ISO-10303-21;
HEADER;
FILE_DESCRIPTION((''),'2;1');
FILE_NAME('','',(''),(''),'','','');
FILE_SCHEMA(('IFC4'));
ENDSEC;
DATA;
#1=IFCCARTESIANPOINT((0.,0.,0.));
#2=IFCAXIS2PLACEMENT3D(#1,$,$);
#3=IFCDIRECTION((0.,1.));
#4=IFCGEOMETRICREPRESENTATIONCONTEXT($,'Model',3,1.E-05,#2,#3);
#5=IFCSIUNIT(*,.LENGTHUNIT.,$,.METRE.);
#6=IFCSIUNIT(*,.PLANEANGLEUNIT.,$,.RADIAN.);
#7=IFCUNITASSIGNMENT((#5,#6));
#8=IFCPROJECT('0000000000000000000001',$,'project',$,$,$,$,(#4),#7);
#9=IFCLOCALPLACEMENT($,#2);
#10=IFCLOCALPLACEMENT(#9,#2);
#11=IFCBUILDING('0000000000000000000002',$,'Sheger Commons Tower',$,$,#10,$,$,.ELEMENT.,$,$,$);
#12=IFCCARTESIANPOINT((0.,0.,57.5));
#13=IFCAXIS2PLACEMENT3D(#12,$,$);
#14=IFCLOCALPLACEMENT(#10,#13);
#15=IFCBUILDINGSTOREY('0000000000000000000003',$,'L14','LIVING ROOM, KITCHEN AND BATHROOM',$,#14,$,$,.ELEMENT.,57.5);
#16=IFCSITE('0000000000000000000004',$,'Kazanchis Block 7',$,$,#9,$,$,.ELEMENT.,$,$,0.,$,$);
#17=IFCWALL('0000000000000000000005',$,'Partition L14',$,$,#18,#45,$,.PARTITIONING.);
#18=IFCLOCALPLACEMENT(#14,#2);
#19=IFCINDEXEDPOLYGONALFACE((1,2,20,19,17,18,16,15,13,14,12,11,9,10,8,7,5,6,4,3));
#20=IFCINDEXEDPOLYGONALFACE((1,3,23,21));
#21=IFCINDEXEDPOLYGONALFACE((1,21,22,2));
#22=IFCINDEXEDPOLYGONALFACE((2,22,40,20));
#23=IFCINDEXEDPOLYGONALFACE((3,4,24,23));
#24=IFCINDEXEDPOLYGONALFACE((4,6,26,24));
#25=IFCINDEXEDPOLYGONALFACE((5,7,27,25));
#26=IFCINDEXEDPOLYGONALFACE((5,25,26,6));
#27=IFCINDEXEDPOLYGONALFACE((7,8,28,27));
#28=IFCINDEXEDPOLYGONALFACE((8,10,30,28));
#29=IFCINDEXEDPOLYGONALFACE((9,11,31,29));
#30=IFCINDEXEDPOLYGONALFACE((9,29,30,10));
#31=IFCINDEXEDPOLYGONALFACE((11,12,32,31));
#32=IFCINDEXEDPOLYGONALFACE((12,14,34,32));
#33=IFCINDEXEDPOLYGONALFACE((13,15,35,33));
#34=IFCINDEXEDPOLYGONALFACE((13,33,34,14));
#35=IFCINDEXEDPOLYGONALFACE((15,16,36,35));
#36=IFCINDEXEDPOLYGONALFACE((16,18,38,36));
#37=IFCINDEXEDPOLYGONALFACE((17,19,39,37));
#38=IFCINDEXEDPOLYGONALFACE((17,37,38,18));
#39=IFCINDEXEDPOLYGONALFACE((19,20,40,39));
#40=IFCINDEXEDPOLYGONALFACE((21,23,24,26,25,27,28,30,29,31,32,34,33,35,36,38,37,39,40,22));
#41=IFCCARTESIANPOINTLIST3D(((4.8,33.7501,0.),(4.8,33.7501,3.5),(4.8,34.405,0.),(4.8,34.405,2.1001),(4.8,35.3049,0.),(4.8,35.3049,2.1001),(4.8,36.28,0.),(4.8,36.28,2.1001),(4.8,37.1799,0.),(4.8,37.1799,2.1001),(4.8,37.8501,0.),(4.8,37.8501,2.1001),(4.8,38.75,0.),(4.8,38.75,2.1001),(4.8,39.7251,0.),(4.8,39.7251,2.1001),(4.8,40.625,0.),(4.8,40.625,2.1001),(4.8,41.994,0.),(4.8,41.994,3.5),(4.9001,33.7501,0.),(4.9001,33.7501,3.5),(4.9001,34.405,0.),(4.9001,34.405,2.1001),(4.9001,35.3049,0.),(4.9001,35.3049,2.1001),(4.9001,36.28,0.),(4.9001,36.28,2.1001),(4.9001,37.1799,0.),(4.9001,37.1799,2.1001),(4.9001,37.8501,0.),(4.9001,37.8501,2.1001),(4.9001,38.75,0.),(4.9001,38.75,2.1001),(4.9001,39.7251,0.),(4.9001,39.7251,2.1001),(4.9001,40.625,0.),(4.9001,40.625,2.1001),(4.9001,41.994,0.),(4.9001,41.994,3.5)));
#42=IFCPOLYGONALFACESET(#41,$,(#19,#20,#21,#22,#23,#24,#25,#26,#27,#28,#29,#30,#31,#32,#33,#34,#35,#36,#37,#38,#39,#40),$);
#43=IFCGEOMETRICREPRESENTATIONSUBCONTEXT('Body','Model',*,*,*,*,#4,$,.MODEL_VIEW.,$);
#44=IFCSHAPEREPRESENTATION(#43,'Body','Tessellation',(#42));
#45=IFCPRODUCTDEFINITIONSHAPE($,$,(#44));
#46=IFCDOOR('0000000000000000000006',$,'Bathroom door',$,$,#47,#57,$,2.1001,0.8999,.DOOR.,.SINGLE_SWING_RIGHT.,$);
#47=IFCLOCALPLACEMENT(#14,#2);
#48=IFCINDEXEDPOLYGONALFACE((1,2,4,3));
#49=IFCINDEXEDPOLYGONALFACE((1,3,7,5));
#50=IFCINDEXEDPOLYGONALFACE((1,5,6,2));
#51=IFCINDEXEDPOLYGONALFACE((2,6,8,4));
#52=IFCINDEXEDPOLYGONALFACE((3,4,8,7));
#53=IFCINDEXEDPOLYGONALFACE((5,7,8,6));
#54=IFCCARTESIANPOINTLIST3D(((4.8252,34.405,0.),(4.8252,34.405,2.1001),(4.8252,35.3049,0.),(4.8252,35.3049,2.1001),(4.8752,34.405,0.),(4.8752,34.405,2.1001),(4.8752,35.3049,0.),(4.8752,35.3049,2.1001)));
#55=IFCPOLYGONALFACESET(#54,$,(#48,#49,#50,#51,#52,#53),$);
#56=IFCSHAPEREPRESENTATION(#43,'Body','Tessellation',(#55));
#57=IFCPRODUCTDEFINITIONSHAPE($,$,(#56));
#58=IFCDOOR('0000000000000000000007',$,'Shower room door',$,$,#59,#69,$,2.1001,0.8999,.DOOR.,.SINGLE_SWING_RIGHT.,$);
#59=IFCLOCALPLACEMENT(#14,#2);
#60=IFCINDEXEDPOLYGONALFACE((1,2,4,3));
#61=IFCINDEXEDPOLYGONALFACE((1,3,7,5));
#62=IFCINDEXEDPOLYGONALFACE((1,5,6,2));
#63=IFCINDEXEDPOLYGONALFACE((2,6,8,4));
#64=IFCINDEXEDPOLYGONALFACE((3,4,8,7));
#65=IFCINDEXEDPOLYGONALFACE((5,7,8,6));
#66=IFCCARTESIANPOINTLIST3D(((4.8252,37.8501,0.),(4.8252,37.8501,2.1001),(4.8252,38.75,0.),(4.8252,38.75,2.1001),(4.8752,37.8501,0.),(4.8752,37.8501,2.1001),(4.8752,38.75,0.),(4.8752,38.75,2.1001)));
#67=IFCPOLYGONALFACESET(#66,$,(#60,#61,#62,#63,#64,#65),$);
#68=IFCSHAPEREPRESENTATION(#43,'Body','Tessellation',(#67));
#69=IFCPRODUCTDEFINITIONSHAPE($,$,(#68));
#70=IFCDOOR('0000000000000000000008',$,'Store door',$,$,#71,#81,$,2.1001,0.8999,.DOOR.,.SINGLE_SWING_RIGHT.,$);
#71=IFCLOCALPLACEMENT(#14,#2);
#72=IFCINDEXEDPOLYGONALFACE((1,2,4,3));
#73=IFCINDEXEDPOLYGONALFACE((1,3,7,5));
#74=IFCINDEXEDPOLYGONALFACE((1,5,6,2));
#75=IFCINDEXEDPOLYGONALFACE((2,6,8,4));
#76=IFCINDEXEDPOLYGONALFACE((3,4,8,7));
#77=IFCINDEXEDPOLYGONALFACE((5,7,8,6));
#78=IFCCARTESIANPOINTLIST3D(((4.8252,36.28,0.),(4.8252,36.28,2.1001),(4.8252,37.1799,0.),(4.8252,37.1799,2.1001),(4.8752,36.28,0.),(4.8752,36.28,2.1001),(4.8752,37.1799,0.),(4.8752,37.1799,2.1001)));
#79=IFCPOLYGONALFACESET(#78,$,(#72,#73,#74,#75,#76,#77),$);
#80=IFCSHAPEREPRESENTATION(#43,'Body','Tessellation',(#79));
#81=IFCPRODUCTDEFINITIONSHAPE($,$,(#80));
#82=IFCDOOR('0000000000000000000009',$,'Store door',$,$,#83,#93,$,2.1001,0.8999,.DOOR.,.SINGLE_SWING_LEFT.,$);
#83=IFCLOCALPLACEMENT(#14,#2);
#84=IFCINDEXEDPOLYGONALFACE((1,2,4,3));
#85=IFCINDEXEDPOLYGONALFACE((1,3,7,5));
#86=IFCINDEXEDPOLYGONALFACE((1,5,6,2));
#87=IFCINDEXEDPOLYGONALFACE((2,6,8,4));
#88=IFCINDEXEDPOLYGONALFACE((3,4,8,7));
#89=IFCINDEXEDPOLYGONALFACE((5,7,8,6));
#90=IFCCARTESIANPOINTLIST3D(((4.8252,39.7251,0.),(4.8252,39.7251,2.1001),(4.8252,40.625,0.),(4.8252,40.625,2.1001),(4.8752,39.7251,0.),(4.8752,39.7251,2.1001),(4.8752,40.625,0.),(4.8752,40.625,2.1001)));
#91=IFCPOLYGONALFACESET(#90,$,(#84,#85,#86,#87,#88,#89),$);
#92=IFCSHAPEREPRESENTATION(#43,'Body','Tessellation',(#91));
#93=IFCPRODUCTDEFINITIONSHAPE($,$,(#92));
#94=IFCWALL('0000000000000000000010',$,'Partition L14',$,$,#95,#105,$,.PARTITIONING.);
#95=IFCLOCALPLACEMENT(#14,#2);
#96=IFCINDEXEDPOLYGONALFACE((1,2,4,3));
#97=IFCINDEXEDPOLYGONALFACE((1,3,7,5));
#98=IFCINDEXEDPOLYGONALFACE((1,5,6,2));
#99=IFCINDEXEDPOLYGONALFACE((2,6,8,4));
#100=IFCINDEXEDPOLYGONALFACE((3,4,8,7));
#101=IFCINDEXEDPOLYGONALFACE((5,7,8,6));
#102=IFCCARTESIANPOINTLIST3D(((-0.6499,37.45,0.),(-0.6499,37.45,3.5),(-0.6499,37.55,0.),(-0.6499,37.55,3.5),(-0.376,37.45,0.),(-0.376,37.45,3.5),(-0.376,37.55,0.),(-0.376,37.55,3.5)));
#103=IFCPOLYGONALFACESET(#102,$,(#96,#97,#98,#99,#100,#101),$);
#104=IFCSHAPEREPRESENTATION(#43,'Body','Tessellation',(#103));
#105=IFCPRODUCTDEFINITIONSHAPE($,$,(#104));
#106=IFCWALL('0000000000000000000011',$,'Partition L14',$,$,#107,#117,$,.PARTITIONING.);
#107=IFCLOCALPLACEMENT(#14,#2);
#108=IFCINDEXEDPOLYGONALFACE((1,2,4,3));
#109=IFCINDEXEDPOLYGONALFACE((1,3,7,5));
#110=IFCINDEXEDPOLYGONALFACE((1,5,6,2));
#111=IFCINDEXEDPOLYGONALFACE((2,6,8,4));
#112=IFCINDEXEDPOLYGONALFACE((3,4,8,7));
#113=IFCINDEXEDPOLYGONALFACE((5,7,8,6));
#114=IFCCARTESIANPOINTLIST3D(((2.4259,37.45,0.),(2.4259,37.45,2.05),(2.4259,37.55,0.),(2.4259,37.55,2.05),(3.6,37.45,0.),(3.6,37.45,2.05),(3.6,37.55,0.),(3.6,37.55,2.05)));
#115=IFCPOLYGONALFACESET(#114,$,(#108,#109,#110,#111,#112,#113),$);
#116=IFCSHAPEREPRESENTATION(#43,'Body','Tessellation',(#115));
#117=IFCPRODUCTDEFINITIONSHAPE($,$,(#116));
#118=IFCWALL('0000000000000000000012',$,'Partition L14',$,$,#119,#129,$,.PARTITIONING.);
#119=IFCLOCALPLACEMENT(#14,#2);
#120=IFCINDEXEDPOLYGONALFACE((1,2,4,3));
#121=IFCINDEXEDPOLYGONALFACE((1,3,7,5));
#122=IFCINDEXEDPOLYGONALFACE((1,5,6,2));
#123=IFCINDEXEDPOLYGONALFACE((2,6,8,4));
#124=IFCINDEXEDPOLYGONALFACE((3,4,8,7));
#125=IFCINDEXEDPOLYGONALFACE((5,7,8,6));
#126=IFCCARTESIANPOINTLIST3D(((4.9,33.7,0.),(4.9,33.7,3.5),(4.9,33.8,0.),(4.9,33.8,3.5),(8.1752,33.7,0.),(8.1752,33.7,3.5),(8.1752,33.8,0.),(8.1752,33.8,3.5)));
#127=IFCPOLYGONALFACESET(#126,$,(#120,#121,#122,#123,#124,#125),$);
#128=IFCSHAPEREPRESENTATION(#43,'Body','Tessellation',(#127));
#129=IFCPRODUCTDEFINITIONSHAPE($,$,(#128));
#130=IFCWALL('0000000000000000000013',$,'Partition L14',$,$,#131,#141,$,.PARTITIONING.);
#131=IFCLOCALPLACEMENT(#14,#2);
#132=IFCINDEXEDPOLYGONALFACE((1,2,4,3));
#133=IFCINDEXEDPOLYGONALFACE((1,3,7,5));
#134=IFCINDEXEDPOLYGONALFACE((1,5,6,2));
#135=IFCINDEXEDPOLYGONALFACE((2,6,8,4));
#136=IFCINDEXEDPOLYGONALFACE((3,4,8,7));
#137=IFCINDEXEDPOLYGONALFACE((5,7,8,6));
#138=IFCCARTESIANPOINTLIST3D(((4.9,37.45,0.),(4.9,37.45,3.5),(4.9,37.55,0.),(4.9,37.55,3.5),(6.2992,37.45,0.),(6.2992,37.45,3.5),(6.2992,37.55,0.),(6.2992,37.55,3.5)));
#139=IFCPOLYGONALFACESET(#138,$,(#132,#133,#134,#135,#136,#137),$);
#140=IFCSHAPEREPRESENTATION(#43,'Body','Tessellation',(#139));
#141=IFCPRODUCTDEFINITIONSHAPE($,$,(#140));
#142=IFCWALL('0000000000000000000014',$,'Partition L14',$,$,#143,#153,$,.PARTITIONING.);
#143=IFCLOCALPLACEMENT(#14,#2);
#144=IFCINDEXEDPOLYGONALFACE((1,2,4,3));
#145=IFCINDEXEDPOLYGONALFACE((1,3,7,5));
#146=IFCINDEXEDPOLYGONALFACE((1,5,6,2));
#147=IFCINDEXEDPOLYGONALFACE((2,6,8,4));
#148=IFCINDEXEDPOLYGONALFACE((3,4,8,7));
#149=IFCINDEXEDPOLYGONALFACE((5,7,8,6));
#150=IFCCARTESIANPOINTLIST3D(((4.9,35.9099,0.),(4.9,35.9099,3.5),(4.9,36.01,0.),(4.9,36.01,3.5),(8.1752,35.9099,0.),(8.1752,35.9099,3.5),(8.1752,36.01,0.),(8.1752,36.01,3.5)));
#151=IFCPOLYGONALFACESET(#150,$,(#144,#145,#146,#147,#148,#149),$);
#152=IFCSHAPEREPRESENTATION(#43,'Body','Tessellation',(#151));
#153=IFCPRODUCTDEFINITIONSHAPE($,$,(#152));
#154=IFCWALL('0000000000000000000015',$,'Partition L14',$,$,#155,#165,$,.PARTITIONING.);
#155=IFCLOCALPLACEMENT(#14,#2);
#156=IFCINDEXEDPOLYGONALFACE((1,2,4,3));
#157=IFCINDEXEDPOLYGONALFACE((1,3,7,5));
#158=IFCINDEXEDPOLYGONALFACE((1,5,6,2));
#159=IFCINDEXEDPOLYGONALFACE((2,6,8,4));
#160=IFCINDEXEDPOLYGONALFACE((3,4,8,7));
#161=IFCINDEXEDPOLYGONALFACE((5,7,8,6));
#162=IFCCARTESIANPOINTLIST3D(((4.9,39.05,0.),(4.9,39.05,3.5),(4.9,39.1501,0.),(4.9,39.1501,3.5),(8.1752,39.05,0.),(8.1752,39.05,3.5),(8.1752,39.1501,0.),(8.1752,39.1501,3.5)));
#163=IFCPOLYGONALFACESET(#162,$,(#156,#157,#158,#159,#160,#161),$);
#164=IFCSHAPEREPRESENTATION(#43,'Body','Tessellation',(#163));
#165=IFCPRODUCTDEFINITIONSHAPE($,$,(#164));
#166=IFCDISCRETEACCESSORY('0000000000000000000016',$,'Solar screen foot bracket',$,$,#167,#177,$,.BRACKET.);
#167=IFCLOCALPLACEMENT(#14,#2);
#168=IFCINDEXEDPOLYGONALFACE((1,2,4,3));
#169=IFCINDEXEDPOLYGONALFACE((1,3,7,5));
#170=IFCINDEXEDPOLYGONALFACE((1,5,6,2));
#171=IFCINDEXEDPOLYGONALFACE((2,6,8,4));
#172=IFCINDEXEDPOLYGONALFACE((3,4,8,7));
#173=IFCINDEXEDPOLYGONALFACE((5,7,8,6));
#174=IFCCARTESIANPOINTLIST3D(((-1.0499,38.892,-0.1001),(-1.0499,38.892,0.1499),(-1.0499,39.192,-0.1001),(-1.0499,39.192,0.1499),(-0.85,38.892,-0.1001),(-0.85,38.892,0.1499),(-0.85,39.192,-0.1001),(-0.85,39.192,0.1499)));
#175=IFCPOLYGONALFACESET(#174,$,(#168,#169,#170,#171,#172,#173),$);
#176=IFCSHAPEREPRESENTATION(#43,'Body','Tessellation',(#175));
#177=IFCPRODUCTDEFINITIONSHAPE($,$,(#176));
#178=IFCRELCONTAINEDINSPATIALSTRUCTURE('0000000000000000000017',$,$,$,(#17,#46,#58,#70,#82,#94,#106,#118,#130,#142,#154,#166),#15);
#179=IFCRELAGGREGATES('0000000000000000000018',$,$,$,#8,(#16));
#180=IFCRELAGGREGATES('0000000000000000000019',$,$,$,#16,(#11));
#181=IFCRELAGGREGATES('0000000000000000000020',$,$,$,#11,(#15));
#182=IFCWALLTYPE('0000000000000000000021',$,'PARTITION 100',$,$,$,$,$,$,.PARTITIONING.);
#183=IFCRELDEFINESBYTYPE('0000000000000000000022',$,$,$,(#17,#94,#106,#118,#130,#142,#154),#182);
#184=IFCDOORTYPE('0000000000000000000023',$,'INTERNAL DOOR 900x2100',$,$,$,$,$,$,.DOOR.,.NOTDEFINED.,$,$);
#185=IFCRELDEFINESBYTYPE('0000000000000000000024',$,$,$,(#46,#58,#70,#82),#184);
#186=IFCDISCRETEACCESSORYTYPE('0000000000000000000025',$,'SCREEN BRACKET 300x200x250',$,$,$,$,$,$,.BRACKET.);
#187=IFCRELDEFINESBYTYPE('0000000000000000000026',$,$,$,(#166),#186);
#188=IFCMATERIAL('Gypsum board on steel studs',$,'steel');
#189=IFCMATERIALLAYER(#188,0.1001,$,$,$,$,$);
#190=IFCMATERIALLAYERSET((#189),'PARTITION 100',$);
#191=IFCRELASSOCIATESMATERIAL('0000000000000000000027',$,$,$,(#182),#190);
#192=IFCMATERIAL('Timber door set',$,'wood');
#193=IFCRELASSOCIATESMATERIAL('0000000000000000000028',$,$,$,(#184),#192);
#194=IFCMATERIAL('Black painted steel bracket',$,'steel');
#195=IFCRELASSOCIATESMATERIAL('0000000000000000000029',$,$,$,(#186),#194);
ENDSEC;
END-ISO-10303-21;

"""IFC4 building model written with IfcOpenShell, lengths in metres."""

from ifc_helpers import new_model, si_unit, direction, frame, frame_2d, origin, origin_2d, place, context, subcontext, project, spatial, rectangle, extrude, material, layer, layer_set, type_object, element, fill, save


model = new_model("IFC4")

# Units and contexts
model_context = context("Model", 3, precision=1e-05, world=origin(), true_north=direction((0.0, 1.0)))
body_context = subcontext(model_context, "Body", "Model", "MODEL_VIEW")
ifc_project = project(units=[si_unit("LENGTHUNIT", "METRE"), si_unit("PLANEANGLEUNIT", "RADIAN")], contexts=[model_context])

# Site, building, storey
site_placement = place(None, origin())
site = spatial("IfcSite", under=ifc_project, at=site_placement, Name="Kazanchis Block 7", CompositionType="ELEMENT", RefElevation=0.0)
building_placement = place(site_placement, origin())
building = spatial("IfcBuilding", under=site, at=building_placement, Name="Sheger Commons Tower", CompositionType="ELEMENT")
storey_placement = place(building_placement, frame((0.0, 0.0, 57.5)))
storey = spatial("IfcBuildingStorey", under=building, at=storey_placement, Name="L14", Description="LIVING ROOM, KITCHEN AND BATHROOM", CompositionType="ELEMENT", Elevation=57.5)

# Wall, openings, doors
ifc_material_1 = material(Name="Gypsum board on steel studs", Category="steel")
ifc_layer_1 = layer(ifc_material_1, 0.1001)
ifc_layer_set_1 = layer_set([ifc_layer_1], Name="PARTITION 100")
wall_type = type_object("IfcWallType", Name="PARTITION 100", PredefinedType="PARTITIONING", material=ifc_layer_set_1)
ifc_material_2 = material(Name="Timber door set", Category="wood")
door_type = type_object("IfcDoorType", Name="INTERNAL DOOR 900x2100", OperationType="NOTDEFINED", PredefinedType="DOOR", material=ifc_material_2)
wall_1_placement = place(storey_placement, frame((4.8501, 33.75, 0.0), z_axis=(0.0, 0.0, 1.0), x_axis=(0.0, 1.0, 0.0)))
wall_1 = element("IfcWall", 1, at=wall_1_placement, inside=storey, type_object=wall_type, Name="Partition L14", PredefinedType="PARTITIONING", context=body_context, shape_type="SweptSolid", body=[
    extrude(rectangle(XDim=8.2439, YDim=0.1001, at=frame_2d((4.1221, 0.0))), origin(), (0.0, 0.0, 1.0), 3.5),
])
opening_1_placement = place(wall_1_placement, frame((0.655, 0.0, 0.0)))
opening_1 = element("IfcOpeningElement", 2, at=opening_1_placement, cuts=wall_1, PredefinedType="OPENING", context=body_context, shape_type="SweptSolid", body=[
    extrude(rectangle(XDim=0.8999, YDim=2.1001, at=frame_2d((0.45, 1.05))), frame((0.0, 0.0601, 0.0), z_axis=(0.0, -1.0, 0.0), x_axis=(1.0, 0.0, 0.0)), (0.0, 0.0, 1.0), 0.1201),
])
opening_2_placement = place(wall_1_placement, frame((4.1001, 0.0, 0.0)))
opening_2 = element("IfcOpeningElement", 3, at=opening_2_placement, cuts=wall_1, PredefinedType="OPENING", context=body_context, shape_type="SweptSolid", body=[
    extrude(rectangle(XDim=0.8999, YDim=2.1001, at=frame_2d((0.45, 1.05))), frame((0.0, 0.0601, 0.0), z_axis=(0.0, -1.0, 0.0), x_axis=(1.0, 0.0, 0.0)), (0.0, 0.0, 1.0), 0.1201),
])
opening_3_placement = place(wall_1_placement, frame((2.53, 0.0, 0.0)))
opening_3 = element("IfcOpeningElement", 4, at=opening_3_placement, cuts=wall_1, PredefinedType="OPENING", context=body_context, shape_type="SweptSolid", body=[
    extrude(rectangle(XDim=0.8999, YDim=2.1001, at=frame_2d((0.45, 1.05))), frame((0.0, 0.0601, 0.0), z_axis=(0.0, -1.0, 0.0), x_axis=(1.0, 0.0, 0.0)), (0.0, 0.0, 1.0), 0.1201),
])
opening_4_placement = place(wall_1_placement, frame((5.9751, 0.0, 0.0)))
opening_4 = element("IfcOpeningElement", 5, at=opening_4_placement, cuts=wall_1, PredefinedType="OPENING", context=body_context, shape_type="SweptSolid", body=[
    extrude(rectangle(XDim=0.8999, YDim=2.1001, at=frame_2d((0.45, 1.05))), frame((0.0, 0.0601, 0.0), z_axis=(0.0, -1.0, 0.0), x_axis=(1.0, 0.0, 0.0)), (0.0, 0.0, 1.0), 0.1201),
])
door_1_placement = place(opening_1_placement, origin())
door_1 = element("IfcDoor", 6, at=door_1_placement, inside=storey, type_object=door_type, Name="Bathroom door", OperationType="SINGLE_SWING_RIGHT", OverallHeight=2.1001, OverallWidth=0.8999, PredefinedType="DOOR", context=body_context, shape_type="SweptSolid", body=[
    extrude(rectangle(XDim=0.8999, YDim=2.1001, at=frame_2d((0.45, 1.05))), frame((0.0, 0.0249, 0.0), z_axis=(0.0, -1.0, 0.0), x_axis=(1.0, 0.0, 0.0)), (0.0, 0.0, 1.0), 0.05),
])
fill(opening_1, door_1)
door_2_placement = place(opening_2_placement, origin())
door_2 = element("IfcDoor", 7, at=door_2_placement, inside=storey, type_object=door_type, Name="Shower room door", OperationType="SINGLE_SWING_RIGHT", OverallHeight=2.1001, OverallWidth=0.8999, PredefinedType="DOOR", context=body_context, shape_type="SweptSolid", body=[
    extrude(rectangle(XDim=0.8999, YDim=2.1001, at=frame_2d((0.45, 1.05))), frame((0.0, 0.0249, 0.0), z_axis=(0.0, -1.0, 0.0), x_axis=(1.0, 0.0, 0.0)), (0.0, 0.0, 1.0), 0.05),
])
fill(opening_2, door_2)
door_3_placement = place(opening_3_placement, origin())
door_3 = element("IfcDoor", 8, at=door_3_placement, inside=storey, type_object=door_type, Name="Store door", OperationType="SINGLE_SWING_RIGHT", OverallHeight=2.1001, OverallWidth=0.8999, PredefinedType="DOOR", context=body_context, shape_type="SweptSolid", body=[
    extrude(rectangle(XDim=0.8999, YDim=2.1001, at=frame_2d((0.45, 1.05))), frame((0.0, 0.0249, 0.0), z_axis=(0.0, -1.0, 0.0), x_axis=(1.0, 0.0, 0.0)), (0.0, 0.0, 1.0), 0.05),
])
fill(opening_3, door_3)
door_4_placement = place(opening_4_placement, origin())
door_4 = element("IfcDoor", 9, at=door_4_placement, inside=storey, type_object=door_type, Name="Store door", OperationType="SINGLE_SWING_LEFT", OverallHeight=2.1001, OverallWidth=0.8999, PredefinedType="DOOR", context=body_context, shape_type="SweptSolid", body=[
    extrude(rectangle(XDim=0.8999, YDim=2.1001, at=frame_2d((0.45, 1.05))), frame((0.0, 0.0249, 0.0), z_axis=(0.0, -1.0, 0.0), x_axis=(1.0, 0.0, 0.0)), (0.0, 0.0, 1.0), 0.05),
])
fill(opening_4, door_4)

# Walls
wall_2_placement = place(storey_placement, frame((-0.6499, 37.5, 0.0), z_axis=(0.0, 0.0, 1.0), x_axis=(1.0, 0.0, 0.0)))
element("IfcWall", 10, at=wall_2_placement, inside=storey, type_object=wall_type, Name="Partition L14", PredefinedType="PARTITIONING", context=body_context, shape_type="SweptSolid", body=[
    extrude(rectangle(XDim=0.2739, YDim=0.1001, at=frame_2d((0.137, 0.0))), origin(), (0.0, 0.0, 1.0), 3.5),
])
wall_3_placement = place(storey_placement, frame((2.426, 37.5, 0.0), z_axis=(0.0, 0.0, 1.0), x_axis=(1.0, 0.0, 0.0)))
element("IfcWall", 11, at=wall_3_placement, inside=storey, type_object=wall_type, Name="Partition L14", PredefinedType="PARTITIONING", context=body_context, shape_type="SweptSolid", body=[
    extrude(rectangle(XDim=1.1741, YDim=0.1001, at=frame_2d((0.5869, 0.0))), origin(), (0.0, 0.0, 1.0), 2.05),
])
wall_4_placement = place(storey_placement, frame((4.8999, 33.75, 0.0), z_axis=(0.0, 0.0, 1.0), x_axis=(1.0, 0.0, 0.0)))
element("IfcWall", 12, at=wall_4_placement, inside=storey, type_object=wall_type, Name="Partition L14", PredefinedType="PARTITIONING", context=body_context, shape_type="SweptSolid", body=[
    extrude(rectangle(XDim=3.2751, YDim=0.1001, at=frame_2d((1.6377, 0.0))), origin(), (0.0, 0.0, 1.0), 3.5),
])
wall_5_placement = place(storey_placement, frame((4.8999, 37.5, 0.0), z_axis=(0.0, 0.0, 1.0), x_axis=(1.0, 0.0, 0.0)))
element("IfcWall", 13, at=wall_5_placement, inside=storey, type_object=wall_type, Name="Partition L14", PredefinedType="PARTITIONING", context=body_context, shape_type="SweptSolid", body=[
    extrude(rectangle(XDim=1.3992, YDim=0.1001, at=frame_2d((0.6997, 0.0))), origin(), (0.0, 0.0, 1.0), 3.5),
])
for number, where, z_axis, x_axis, name in (
    (14, (4.8999, 35.96, 0.0), (0.0, 0.0, 1.0), (1.0, 0.0, 0.0), "Partition L14"),
    (15, (4.8999, 39.1001, 0.0), (0.0, 0.0, 1.0), (1.0, 0.0, 0.0), "Partition L14"),
):
    element("IfcWall", number, at=place(storey_placement, frame(where, z_axis=z_axis, x_axis=x_axis)), inside=storey, type_object=wall_type, Name=name, PredefinedType="PARTITIONING", context=body_context, shape_type="SweptSolid", body=[
        extrude(rectangle(XDim=3.2751, YDim=0.1001, at=frame_2d((1.6377, 0.0))), origin(), (0.0, 0.0, 1.0), 3.5),
    ])

# Discrete accessory
ifc_material_3 = material(Name="Black painted steel bracket", Category="steel")
discrete_accessory_type = type_object("IfcDiscreteAccessoryType", Name="SCREEN BRACKET 300x200x250", PredefinedType="BRACKET", material=ifc_material_3)
for number, where, z_axis, x_axis, name in (
    (16, (-0.95, 39.042, -0.1001), (0.0, 0.0, 1.0), (0.0, -1.0, 0.0), "Solar screen foot bracket"),
):
    element("IfcDiscreteAccessory", number, at=place(storey_placement, frame(where, z_axis=z_axis, x_axis=x_axis)), inside=storey, type_object=discrete_accessory_type, Name=name, PredefinedType="BRACKET", context=body_context, shape_type="SweptSolid", body=[
        extrude(rectangle(XDim=0.3, YDim=0.2, at=origin_2d()), origin(), (0.0, 0.0, 1.0), 0.25),
    ])

save(model, "model.ifc")
